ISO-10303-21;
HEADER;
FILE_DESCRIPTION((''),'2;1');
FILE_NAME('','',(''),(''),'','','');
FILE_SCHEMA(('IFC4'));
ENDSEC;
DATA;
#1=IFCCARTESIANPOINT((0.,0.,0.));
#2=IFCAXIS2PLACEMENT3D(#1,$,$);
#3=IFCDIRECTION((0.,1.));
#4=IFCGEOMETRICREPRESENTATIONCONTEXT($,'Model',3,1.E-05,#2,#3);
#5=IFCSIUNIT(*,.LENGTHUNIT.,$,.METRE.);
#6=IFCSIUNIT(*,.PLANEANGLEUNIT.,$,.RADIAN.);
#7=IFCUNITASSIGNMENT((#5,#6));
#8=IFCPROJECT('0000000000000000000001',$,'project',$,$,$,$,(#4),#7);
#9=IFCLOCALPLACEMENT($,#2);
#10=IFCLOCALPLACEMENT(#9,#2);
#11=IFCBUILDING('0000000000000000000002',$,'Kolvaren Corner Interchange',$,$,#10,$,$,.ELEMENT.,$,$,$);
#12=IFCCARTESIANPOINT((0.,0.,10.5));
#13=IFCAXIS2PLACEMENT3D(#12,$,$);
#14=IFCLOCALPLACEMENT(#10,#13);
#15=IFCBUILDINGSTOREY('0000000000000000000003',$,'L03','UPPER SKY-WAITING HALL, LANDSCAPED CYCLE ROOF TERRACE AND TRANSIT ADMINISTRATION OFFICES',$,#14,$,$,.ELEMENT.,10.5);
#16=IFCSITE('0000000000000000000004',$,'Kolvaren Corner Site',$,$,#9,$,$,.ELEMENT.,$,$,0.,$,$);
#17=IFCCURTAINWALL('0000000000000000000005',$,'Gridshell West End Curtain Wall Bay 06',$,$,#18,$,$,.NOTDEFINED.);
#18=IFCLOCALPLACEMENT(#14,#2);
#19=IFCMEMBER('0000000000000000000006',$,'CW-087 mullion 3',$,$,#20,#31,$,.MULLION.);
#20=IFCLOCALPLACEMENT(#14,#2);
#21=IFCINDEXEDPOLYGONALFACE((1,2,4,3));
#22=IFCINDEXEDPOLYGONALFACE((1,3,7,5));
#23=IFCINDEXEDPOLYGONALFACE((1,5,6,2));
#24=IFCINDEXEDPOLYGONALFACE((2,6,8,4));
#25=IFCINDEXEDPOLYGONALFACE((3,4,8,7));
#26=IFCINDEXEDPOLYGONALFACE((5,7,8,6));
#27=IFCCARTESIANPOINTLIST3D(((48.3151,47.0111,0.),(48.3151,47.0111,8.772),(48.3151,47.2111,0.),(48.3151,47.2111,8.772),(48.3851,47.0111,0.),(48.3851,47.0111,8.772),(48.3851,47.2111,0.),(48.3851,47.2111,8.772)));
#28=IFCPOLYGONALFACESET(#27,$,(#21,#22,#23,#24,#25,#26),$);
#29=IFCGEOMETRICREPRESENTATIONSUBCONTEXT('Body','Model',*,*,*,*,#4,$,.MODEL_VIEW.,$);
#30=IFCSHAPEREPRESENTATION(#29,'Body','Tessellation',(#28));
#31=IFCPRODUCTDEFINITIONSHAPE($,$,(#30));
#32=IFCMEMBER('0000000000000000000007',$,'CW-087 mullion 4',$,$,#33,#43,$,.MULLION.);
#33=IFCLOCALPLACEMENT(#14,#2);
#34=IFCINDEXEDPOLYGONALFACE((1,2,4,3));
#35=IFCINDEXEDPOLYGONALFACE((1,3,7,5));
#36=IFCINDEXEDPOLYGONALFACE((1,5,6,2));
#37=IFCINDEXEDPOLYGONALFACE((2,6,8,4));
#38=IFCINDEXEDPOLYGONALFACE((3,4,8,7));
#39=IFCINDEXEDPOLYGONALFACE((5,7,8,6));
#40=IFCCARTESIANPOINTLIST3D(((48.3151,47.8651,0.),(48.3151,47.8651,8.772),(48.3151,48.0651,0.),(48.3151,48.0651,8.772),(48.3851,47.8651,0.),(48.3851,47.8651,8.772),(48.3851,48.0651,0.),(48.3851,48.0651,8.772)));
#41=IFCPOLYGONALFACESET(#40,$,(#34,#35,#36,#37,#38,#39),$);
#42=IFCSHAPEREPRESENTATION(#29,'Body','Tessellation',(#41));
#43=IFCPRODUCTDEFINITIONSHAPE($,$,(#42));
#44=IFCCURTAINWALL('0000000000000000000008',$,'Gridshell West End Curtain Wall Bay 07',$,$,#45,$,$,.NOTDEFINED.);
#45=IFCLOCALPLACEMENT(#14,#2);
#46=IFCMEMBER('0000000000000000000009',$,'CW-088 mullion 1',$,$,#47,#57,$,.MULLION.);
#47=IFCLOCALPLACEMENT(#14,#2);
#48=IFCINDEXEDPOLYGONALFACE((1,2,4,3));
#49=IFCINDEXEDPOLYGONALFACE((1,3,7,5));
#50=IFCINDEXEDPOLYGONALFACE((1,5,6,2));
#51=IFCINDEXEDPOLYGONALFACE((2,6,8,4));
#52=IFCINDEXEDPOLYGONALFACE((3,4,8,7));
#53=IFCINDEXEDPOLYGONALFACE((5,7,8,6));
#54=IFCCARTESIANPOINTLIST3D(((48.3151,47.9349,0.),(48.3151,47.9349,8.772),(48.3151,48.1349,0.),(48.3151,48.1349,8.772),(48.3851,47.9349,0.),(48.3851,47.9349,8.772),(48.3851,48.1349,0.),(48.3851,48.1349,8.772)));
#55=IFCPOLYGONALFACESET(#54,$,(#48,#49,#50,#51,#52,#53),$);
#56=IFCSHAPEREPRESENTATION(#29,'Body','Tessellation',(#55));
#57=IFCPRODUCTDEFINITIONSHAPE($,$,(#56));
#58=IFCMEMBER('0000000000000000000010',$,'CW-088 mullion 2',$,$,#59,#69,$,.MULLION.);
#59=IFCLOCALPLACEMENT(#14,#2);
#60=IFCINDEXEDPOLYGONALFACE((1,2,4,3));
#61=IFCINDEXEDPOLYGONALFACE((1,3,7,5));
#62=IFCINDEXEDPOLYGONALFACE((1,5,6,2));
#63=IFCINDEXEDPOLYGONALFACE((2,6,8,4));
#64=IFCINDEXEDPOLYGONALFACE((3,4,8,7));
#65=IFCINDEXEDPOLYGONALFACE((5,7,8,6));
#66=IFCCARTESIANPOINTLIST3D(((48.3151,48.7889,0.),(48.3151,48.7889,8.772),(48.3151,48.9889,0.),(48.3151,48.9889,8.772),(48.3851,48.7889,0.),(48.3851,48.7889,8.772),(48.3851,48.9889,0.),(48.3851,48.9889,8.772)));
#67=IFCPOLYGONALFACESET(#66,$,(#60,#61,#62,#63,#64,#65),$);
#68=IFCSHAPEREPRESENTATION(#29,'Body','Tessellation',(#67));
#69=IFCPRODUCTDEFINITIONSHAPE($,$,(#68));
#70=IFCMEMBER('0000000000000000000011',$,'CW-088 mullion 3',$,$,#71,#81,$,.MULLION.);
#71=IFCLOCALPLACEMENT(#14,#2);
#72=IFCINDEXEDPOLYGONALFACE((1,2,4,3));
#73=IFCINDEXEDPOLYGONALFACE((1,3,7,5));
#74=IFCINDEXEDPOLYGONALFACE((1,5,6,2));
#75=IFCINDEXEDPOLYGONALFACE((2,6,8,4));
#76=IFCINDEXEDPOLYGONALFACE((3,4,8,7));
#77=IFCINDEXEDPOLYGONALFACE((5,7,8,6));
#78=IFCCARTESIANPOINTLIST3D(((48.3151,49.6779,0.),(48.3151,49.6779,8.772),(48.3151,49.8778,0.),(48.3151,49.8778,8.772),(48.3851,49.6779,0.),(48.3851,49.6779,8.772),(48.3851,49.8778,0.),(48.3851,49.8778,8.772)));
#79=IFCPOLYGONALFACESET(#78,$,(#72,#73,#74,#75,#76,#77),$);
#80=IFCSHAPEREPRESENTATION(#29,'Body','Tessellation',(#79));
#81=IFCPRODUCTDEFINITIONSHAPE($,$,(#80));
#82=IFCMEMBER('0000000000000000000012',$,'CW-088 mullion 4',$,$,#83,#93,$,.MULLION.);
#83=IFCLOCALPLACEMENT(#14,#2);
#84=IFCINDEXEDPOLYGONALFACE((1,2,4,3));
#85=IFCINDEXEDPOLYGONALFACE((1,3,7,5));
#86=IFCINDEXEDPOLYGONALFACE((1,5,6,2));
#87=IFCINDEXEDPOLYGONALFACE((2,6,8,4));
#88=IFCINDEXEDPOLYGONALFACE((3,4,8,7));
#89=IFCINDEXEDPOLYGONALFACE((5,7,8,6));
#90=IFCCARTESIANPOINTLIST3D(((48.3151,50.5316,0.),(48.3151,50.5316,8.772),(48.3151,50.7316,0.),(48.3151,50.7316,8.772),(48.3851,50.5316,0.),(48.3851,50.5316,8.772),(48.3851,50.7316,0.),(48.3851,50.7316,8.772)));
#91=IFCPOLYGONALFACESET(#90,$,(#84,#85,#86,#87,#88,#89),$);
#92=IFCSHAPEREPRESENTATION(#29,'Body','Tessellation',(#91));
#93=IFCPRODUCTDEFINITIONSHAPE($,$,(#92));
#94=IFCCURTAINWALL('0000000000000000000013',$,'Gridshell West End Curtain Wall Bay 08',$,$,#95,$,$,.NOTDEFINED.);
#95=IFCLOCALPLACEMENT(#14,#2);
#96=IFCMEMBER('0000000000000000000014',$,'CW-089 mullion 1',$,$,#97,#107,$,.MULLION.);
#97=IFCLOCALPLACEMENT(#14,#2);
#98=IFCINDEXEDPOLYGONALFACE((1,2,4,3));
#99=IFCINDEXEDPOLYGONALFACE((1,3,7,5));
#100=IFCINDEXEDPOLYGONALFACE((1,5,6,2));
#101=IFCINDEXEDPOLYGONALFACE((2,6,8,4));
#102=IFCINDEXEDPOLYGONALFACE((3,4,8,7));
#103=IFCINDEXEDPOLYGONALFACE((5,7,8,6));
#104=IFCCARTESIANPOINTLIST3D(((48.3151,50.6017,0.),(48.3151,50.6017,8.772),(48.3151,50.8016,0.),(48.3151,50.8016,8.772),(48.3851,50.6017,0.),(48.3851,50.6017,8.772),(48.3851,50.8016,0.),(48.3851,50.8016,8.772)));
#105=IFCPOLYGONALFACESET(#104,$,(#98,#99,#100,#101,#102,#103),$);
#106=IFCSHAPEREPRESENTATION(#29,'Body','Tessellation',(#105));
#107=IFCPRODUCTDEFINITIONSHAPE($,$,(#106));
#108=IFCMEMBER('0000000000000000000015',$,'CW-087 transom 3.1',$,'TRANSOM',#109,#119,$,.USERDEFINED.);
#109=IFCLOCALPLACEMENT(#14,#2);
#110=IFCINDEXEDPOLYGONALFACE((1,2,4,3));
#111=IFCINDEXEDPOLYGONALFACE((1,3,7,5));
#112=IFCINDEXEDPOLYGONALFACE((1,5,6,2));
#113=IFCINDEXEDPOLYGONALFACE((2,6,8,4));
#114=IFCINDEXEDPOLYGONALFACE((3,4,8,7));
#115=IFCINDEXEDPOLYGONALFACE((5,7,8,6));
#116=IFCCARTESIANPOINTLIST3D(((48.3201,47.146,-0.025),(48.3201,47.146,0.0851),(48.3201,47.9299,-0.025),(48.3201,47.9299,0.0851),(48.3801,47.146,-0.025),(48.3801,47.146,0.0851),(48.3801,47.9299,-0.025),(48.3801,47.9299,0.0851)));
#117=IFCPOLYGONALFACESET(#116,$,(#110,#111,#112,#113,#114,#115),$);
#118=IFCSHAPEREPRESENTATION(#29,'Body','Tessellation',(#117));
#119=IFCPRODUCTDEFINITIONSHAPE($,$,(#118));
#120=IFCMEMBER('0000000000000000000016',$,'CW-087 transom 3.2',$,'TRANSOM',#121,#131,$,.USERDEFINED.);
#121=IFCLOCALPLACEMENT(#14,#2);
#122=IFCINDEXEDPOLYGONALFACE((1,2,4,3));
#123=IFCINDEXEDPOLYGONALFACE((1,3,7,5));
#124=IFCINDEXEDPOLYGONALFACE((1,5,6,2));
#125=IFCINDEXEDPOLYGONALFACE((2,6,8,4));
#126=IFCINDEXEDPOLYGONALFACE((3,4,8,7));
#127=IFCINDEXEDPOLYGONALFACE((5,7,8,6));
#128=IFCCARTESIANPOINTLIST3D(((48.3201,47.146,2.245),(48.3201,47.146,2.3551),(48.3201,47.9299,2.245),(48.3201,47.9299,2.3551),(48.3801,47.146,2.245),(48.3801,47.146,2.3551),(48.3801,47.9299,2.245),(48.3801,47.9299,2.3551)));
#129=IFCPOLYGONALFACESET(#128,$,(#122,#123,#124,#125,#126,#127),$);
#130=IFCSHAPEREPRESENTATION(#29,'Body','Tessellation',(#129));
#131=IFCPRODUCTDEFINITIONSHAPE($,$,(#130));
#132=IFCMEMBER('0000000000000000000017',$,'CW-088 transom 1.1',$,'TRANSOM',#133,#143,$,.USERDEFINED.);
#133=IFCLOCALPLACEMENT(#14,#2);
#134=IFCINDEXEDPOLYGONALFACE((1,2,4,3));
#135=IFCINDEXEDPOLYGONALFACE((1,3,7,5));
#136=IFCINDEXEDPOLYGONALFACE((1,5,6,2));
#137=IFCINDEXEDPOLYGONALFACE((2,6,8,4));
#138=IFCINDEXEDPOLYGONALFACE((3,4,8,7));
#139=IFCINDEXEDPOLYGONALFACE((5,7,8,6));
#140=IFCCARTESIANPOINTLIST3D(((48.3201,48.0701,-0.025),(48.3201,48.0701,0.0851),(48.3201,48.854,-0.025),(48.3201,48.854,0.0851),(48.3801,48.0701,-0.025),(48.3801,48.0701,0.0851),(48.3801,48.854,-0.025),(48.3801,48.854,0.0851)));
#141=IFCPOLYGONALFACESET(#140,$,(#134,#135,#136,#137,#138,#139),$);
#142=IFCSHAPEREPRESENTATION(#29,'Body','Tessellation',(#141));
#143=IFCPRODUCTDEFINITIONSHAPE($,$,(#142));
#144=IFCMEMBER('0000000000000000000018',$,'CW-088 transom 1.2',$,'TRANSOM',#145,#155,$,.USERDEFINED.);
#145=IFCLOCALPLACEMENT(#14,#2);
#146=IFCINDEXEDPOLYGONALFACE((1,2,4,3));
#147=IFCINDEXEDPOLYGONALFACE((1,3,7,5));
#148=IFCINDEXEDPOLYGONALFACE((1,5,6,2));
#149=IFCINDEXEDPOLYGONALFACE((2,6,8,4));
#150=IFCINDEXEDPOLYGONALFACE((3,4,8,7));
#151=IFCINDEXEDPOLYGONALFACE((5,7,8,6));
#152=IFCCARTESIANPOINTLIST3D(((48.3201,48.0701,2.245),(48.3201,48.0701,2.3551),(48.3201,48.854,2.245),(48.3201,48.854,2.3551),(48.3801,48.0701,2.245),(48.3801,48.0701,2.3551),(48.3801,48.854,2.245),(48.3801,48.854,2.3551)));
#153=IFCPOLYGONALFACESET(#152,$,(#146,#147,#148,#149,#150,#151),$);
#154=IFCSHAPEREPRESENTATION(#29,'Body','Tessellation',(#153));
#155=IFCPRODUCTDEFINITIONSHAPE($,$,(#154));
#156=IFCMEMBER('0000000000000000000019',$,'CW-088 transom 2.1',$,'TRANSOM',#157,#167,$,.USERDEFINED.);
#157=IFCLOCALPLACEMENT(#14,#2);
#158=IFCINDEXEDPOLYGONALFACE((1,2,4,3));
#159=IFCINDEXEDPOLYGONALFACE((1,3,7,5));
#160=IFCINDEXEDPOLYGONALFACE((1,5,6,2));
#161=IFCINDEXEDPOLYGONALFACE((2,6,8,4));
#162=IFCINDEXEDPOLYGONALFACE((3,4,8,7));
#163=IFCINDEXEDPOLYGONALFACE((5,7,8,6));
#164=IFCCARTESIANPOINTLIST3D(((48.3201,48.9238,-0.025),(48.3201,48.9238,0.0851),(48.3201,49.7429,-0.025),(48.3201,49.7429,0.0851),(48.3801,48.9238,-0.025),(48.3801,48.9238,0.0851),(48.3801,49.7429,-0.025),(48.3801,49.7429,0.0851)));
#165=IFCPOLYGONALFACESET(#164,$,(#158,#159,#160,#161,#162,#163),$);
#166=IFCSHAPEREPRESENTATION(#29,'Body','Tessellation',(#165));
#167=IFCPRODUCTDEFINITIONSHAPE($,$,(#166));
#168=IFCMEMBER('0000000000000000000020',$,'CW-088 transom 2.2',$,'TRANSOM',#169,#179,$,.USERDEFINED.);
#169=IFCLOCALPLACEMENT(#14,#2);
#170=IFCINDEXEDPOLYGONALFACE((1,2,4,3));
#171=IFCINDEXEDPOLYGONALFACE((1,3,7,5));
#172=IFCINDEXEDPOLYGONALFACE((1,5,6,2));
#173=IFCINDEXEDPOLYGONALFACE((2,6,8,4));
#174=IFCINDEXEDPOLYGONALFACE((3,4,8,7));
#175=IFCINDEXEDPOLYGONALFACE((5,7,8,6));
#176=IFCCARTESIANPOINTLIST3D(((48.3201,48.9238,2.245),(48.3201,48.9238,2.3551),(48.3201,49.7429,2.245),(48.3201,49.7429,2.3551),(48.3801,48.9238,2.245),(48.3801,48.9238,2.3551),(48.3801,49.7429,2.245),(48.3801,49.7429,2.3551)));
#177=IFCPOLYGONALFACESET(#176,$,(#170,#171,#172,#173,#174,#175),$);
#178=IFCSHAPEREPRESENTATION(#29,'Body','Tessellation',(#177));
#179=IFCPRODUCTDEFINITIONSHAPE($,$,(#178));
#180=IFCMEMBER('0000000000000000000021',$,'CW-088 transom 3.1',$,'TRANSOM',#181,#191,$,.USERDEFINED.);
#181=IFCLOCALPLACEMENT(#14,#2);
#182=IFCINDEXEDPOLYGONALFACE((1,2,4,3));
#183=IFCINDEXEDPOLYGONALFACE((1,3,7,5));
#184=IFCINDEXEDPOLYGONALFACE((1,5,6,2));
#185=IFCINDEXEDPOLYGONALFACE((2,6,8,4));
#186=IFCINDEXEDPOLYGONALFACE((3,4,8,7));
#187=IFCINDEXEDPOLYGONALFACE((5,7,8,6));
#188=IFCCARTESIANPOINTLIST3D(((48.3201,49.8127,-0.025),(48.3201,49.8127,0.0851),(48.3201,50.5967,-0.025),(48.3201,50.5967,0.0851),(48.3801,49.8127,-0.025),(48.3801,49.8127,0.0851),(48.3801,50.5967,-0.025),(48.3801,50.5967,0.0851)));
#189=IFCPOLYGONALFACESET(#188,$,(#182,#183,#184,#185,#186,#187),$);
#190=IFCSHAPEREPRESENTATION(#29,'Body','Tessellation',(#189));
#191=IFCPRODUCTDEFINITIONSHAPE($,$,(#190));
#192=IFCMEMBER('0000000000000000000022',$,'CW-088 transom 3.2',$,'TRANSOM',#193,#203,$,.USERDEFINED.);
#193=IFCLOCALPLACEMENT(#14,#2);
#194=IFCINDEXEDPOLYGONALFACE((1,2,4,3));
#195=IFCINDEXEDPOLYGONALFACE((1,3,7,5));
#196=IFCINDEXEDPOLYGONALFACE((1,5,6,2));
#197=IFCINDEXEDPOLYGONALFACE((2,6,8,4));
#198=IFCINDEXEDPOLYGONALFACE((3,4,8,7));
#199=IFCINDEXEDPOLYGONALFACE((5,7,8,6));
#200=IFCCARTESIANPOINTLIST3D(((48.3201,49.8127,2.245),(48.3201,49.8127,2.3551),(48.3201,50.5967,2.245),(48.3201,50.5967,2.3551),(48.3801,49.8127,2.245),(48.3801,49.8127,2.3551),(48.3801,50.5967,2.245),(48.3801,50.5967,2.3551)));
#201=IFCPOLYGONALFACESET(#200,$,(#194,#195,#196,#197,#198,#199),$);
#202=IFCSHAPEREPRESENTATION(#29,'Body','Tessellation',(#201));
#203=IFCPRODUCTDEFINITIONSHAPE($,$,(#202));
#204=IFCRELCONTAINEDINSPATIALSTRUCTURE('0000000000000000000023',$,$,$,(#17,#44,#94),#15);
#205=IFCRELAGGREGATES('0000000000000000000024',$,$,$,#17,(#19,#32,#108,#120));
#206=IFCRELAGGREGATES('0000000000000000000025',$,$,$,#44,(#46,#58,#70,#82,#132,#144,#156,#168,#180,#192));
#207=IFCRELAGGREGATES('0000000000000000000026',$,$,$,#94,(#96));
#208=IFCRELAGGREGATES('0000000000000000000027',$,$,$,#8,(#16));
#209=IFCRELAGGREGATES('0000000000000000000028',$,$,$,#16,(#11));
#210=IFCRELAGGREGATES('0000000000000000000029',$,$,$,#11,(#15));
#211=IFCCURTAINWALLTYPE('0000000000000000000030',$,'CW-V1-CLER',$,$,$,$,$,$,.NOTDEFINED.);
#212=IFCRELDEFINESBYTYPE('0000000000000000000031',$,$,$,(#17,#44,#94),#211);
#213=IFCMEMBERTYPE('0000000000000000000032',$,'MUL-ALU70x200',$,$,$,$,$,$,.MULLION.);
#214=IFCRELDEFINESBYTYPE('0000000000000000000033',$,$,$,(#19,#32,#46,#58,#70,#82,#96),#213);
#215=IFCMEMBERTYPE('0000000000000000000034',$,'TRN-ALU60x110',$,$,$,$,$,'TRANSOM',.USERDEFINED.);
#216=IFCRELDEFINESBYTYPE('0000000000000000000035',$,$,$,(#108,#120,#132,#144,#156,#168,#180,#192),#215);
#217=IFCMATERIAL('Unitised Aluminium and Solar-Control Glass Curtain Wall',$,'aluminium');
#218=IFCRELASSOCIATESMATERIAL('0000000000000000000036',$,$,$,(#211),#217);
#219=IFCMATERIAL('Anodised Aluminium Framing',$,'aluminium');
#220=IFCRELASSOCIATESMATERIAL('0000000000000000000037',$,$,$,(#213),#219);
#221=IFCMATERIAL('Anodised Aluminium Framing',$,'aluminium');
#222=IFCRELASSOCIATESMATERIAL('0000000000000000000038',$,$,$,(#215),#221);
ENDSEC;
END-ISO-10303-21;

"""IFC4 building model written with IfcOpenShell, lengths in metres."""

from ifc_helpers import new_model, si_unit, direction, frame, origin, origin_2d, place, context, subcontext, project, spatial, rectangle, extrude, material, material_profile, profile_set, type_object, element, aggregate, save


model = new_model("IFC4")

# Units and contexts
model_context = context("Model", 3, precision=1e-05, world=origin(), true_north=direction((0.0, 1.0)))
body_context = subcontext(model_context, "Body", "Model", "MODEL_VIEW")
ifc_project = project(units=[si_unit("LENGTHUNIT", "METRE"), si_unit("PLANEANGLEUNIT", "RADIAN")], contexts=[model_context])

# Site, building, storey
site_placement = place(None, origin())
site = spatial("IfcSite", under=ifc_project, at=site_placement, Name="Kolvaren Corner Site", CompositionType="ELEMENT", RefElevation=0.0)
building_placement = place(site_placement, origin())
building = spatial("IfcBuilding", under=site, at=building_placement, Name="Kolvaren Corner Interchange", CompositionType="ELEMENT")
storey_placement = place(building_placement, frame((0.0, 0.0, 10.5)))
storey = spatial("IfcBuildingStorey", under=building, at=storey_placement, Name="L03", Description="UPPER SKY-WAITING HALL, LANDSCAPED CYCLE ROOF TERRACE AND TRANSIT ADMINISTRATION OFFICES", CompositionType="ELEMENT", Elevation=10.5)

# Curtain walls, members
ifc_material_1 = material(Name="Unitised Aluminium and Solar-Control Glass Curtain Wall", Category="aluminium")
curtain_wall_type = type_object("IfcCurtainWallType", Name="CW-V1-CLER", PredefinedType="NOTDEFINED", material=ifc_material_1)
curtain_wall_1_placement = place(storey_placement, origin())
curtain_wall_1 = element("IfcCurtainWall", 1, at=curtain_wall_1_placement, inside=storey, type_object=curtain_wall_type, Name="Gridshell West End Curtain Wall Bay 06", PredefinedType="NOTDEFINED")
ifc_material_2 = material(Name="Anodised Aluminium Framing", Category="aluminium")
ifc_material_profile_1 = material_profile(ifc_material_2, rectangle(XDim=0.0701, YDim=0.2, at=origin_2d()), Name="ALU 70x200")
ifc_profile_set_1 = profile_set([ifc_material_profile_1], Name="Anodised Aluminium Framing")
member_type_1 = type_object("IfcMemberType", Name="MUL-ALU70x200", PredefinedType="MULLION", material=ifc_profile_set_1)
member_1_placement = place(storey_placement, frame((48.3501, 47.1111, 0.0), z_axis=(0.0, 0.0, 1.0), x_axis=(-1.0, 0.0, 0.0)))
member_1 = element("IfcMember", 2, at=member_1_placement, type_object=member_type_1, Name="CW-087 mullion 3", PredefinedType="MULLION", context=body_context, shape_type="SweptSolid", body=[
    extrude(rectangle(XDim=0.0701, YDim=0.2, at=origin_2d()), origin(), (0.0, 0.0, 1.0), 8.772),
])
member_2_placement = place(storey_placement, frame((48.3501, 47.9651, 0.0), z_axis=(0.0, 0.0, 1.0), x_axis=(-1.0, 0.0, 0.0)))
member_2 = element("IfcMember", 3, at=member_2_placement, type_object=member_type_1, Name="CW-087 mullion 4", PredefinedType="MULLION", context=body_context, shape_type="SweptSolid", body=[
    extrude(rectangle(XDim=0.0701, YDim=0.2, at=origin_2d()), origin(), (0.0, 0.0, 1.0), 8.772),
])
curtain_wall_2_placement = place(storey_placement, origin())
curtain_wall_2 = element("IfcCurtainWall", 4, at=curtain_wall_2_placement, inside=storey, type_object=curtain_wall_type, Name="Gridshell West End Curtain Wall Bay 07", PredefinedType="NOTDEFINED")
member_3_placement = place(storey_placement, frame((48.3501, 48.0349, 0.0), z_axis=(0.0, 0.0, 1.0), x_axis=(-1.0, 0.0, 0.0)))
member_3 = element("IfcMember", 5, at=member_3_placement, type_object=member_type_1, Name="CW-088 mullion 1", PredefinedType="MULLION", context=body_context, shape_type="SweptSolid", body=[
    extrude(rectangle(XDim=0.0701, YDim=0.2, at=origin_2d()), origin(), (0.0, 0.0, 1.0), 8.772),
])
member_4_placement = place(storey_placement, frame((48.3501, 48.8889, 0.0), z_axis=(0.0, 0.0, 1.0), x_axis=(-1.0, 0.0, 0.0)))
member_4 = element("IfcMember", 6, at=member_4_placement, type_object=member_type_1, Name="CW-088 mullion 2", PredefinedType="MULLION", context=body_context, shape_type="SweptSolid", body=[
    extrude(rectangle(XDim=0.0701, YDim=0.2, at=origin_2d()), origin(), (0.0, 0.0, 1.0), 8.772),
])
member_5_placement = place(storey_placement, frame((48.3501, 49.7778, 0.0), z_axis=(0.0, 0.0, 1.0), x_axis=(-1.0, 0.0, 0.0)))
member_5 = element("IfcMember", 7, at=member_5_placement, type_object=member_type_1, Name="CW-088 mullion 3", PredefinedType="MULLION", context=body_context, shape_type="SweptSolid", body=[
    extrude(rectangle(XDim=0.0701, YDim=0.2, at=origin_2d()), origin(), (0.0, 0.0, 1.0), 8.772),
])
member_6_placement = place(storey_placement, frame((48.3501, 50.6316, 0.0), z_axis=(0.0, 0.0, 1.0), x_axis=(-1.0, 0.0, 0.0)))
member_6 = element("IfcMember", 8, at=member_6_placement, type_object=member_type_1, Name="CW-088 mullion 4", PredefinedType="MULLION", context=body_context, shape_type="SweptSolid", body=[
    extrude(rectangle(XDim=0.0701, YDim=0.2, at=origin_2d()), origin(), (0.0, 0.0, 1.0), 8.772),
])

# Curtain wall, member
curtain_wall_3_placement = place(storey_placement, origin())
curtain_wall_3 = element("IfcCurtainWall", 9, at=curtain_wall_3_placement, inside=storey, type_object=curtain_wall_type, Name="Gridshell West End Curtain Wall Bay 08", PredefinedType="NOTDEFINED")
member_7_placement = place(storey_placement, frame((48.3501, 50.7017, 0.0), z_axis=(0.0, 0.0, 1.0), x_axis=(-1.0, 0.0, 0.0)))
member_7 = element("IfcMember", 10, at=member_7_placement, type_object=member_type_1, Name="CW-089 mullion 1", PredefinedType="MULLION", context=body_context, shape_type="SweptSolid", body=[
    extrude(rectangle(XDim=0.0701, YDim=0.2, at=origin_2d()), origin(), (0.0, 0.0, 1.0), 8.772),
])

# Members
ifc_material_3 = material(Name="Anodised Aluminium Framing", Category="aluminium")
ifc_material_profile_2 = material_profile(ifc_material_3, rectangle(XDim=0.0601, YDim=0.1101, at=origin_2d()), Name="ALU 60x110")
ifc_profile_set_2 = profile_set([ifc_material_profile_2], Name="Anodised Aluminium Framing")
member_type_2 = type_object("IfcMemberType", Name="TRN-ALU60x110", ElementType="TRANSOM", PredefinedType="USERDEFINED", material=ifc_profile_set_2)
member_8_placement = place(storey_placement, frame((48.3501, 47.146, 0.03), z_axis=(0.0, 1.0, 0.0), x_axis=(-1.0, 0.0, 0.0)))
member_8 = element("IfcMember", 11, at=member_8_placement, type_object=member_type_2, Name="CW-087 transom 3.1", ObjectType="TRANSOM", PredefinedType="USERDEFINED", context=body_context, shape_type="SweptSolid", body=[
    extrude(rectangle(XDim=0.0601, YDim=0.1101, at=origin_2d()), origin(), (0.0, 0.0, 1.0), 0.7839),
])
member_9_placement = place(storey_placement, frame((48.3501, 47.146, 2.3), z_axis=(0.0, 1.0, 0.0), x_axis=(-1.0, 0.0, 0.0)))
member_9 = element("IfcMember", 12, at=member_9_placement, type_object=member_type_2, Name="CW-087 transom 3.2", ObjectType="TRANSOM", PredefinedType="USERDEFINED", context=body_context, shape_type="SweptSolid", body=[
    extrude(rectangle(XDim=0.0601, YDim=0.1101, at=origin_2d()), origin(), (0.0, 0.0, 1.0), 0.7839),
])
member_10_placement = place(storey_placement, frame((48.3501, 48.0701, 0.03), z_axis=(0.0, 1.0, 0.0), x_axis=(-1.0, 0.0, 0.0)))
member_10 = element("IfcMember", 13, at=member_10_placement, type_object=member_type_2, Name="CW-088 transom 1.1", ObjectType="TRANSOM", PredefinedType="USERDEFINED", context=body_context, shape_type="SweptSolid", body=[
    extrude(rectangle(XDim=0.0601, YDim=0.1101, at=origin_2d()), origin(), (0.0, 0.0, 1.0), 0.7839),
])
member_11_placement = place(storey_placement, frame((48.3501, 48.0701, 2.3), z_axis=(0.0, 1.0, 0.0), x_axis=(-1.0, 0.0, 0.0)))
member_11 = element("IfcMember", 14, at=member_11_placement, type_object=member_type_2, Name="CW-088 transom 1.2", ObjectType="TRANSOM", PredefinedType="USERDEFINED", context=body_context, shape_type="SweptSolid", body=[
    extrude(rectangle(XDim=0.0601, YDim=0.1101, at=origin_2d()), origin(), (0.0, 0.0, 1.0), 0.7839),
])
member_12_placement = place(storey_placement, frame((48.3501, 48.9238, 0.03), z_axis=(0.0, 1.0, 0.0), x_axis=(-1.0, 0.0, 0.0)))
member_12 = element("IfcMember", 15, at=member_12_placement, type_object=member_type_2, Name="CW-088 transom 2.1", ObjectType="TRANSOM", PredefinedType="USERDEFINED", context=body_context, shape_type="SweptSolid", body=[
    extrude(rectangle(XDim=0.0601, YDim=0.1101, at=origin_2d()), origin(), (0.0, 0.0, 1.0), 0.8191),
])
member_13_placement = place(storey_placement, frame((48.3501, 48.9238, 2.3), z_axis=(0.0, 1.0, 0.0), x_axis=(-1.0, 0.0, 0.0)))
member_13 = element("IfcMember", 16, at=member_13_placement, type_object=member_type_2, Name="CW-088 transom 2.2", ObjectType="TRANSOM", PredefinedType="USERDEFINED", context=body_context, shape_type="SweptSolid", body=[
    extrude(rectangle(XDim=0.0601, YDim=0.1101, at=origin_2d()), origin(), (0.0, 0.0, 1.0), 0.8191),
])
member_14_placement = place(storey_placement, frame((48.3501, 49.8127, 0.03), z_axis=(0.0, 1.0, 0.0), x_axis=(-1.0, 0.0, 0.0)))
member_14 = element("IfcMember", 17, at=member_14_placement, type_object=member_type_2, Name="CW-088 transom 3.1", ObjectType="TRANSOM", PredefinedType="USERDEFINED", context=body_context, shape_type="SweptSolid", body=[
    extrude(rectangle(XDim=0.0601, YDim=0.1101, at=origin_2d()), origin(), (0.0, 0.0, 1.0), 0.7839),
])
member_15_placement = place(storey_placement, frame((48.3501, 49.8127, 2.3), z_axis=(0.0, 1.0, 0.0), x_axis=(-1.0, 0.0, 0.0)))
member_15 = element("IfcMember", 18, at=member_15_placement, type_object=member_type_2, Name="CW-088 transom 3.2", ObjectType="TRANSOM", PredefinedType="USERDEFINED", context=body_context, shape_type="SweptSolid", body=[
    extrude(rectangle(XDim=0.0601, YDim=0.1101, at=origin_2d()), origin(), (0.0, 0.0, 1.0), 0.7839),
])

aggregate(curtain_wall_1, [member_1, member_2, member_8, member_9])
aggregate(curtain_wall_2, [member_3, member_4, member_5, member_6, member_10, member_11, member_12, member_13, member_14, member_15])
aggregate(curtain_wall_3, [member_7])

save(model, "model.ifc")
